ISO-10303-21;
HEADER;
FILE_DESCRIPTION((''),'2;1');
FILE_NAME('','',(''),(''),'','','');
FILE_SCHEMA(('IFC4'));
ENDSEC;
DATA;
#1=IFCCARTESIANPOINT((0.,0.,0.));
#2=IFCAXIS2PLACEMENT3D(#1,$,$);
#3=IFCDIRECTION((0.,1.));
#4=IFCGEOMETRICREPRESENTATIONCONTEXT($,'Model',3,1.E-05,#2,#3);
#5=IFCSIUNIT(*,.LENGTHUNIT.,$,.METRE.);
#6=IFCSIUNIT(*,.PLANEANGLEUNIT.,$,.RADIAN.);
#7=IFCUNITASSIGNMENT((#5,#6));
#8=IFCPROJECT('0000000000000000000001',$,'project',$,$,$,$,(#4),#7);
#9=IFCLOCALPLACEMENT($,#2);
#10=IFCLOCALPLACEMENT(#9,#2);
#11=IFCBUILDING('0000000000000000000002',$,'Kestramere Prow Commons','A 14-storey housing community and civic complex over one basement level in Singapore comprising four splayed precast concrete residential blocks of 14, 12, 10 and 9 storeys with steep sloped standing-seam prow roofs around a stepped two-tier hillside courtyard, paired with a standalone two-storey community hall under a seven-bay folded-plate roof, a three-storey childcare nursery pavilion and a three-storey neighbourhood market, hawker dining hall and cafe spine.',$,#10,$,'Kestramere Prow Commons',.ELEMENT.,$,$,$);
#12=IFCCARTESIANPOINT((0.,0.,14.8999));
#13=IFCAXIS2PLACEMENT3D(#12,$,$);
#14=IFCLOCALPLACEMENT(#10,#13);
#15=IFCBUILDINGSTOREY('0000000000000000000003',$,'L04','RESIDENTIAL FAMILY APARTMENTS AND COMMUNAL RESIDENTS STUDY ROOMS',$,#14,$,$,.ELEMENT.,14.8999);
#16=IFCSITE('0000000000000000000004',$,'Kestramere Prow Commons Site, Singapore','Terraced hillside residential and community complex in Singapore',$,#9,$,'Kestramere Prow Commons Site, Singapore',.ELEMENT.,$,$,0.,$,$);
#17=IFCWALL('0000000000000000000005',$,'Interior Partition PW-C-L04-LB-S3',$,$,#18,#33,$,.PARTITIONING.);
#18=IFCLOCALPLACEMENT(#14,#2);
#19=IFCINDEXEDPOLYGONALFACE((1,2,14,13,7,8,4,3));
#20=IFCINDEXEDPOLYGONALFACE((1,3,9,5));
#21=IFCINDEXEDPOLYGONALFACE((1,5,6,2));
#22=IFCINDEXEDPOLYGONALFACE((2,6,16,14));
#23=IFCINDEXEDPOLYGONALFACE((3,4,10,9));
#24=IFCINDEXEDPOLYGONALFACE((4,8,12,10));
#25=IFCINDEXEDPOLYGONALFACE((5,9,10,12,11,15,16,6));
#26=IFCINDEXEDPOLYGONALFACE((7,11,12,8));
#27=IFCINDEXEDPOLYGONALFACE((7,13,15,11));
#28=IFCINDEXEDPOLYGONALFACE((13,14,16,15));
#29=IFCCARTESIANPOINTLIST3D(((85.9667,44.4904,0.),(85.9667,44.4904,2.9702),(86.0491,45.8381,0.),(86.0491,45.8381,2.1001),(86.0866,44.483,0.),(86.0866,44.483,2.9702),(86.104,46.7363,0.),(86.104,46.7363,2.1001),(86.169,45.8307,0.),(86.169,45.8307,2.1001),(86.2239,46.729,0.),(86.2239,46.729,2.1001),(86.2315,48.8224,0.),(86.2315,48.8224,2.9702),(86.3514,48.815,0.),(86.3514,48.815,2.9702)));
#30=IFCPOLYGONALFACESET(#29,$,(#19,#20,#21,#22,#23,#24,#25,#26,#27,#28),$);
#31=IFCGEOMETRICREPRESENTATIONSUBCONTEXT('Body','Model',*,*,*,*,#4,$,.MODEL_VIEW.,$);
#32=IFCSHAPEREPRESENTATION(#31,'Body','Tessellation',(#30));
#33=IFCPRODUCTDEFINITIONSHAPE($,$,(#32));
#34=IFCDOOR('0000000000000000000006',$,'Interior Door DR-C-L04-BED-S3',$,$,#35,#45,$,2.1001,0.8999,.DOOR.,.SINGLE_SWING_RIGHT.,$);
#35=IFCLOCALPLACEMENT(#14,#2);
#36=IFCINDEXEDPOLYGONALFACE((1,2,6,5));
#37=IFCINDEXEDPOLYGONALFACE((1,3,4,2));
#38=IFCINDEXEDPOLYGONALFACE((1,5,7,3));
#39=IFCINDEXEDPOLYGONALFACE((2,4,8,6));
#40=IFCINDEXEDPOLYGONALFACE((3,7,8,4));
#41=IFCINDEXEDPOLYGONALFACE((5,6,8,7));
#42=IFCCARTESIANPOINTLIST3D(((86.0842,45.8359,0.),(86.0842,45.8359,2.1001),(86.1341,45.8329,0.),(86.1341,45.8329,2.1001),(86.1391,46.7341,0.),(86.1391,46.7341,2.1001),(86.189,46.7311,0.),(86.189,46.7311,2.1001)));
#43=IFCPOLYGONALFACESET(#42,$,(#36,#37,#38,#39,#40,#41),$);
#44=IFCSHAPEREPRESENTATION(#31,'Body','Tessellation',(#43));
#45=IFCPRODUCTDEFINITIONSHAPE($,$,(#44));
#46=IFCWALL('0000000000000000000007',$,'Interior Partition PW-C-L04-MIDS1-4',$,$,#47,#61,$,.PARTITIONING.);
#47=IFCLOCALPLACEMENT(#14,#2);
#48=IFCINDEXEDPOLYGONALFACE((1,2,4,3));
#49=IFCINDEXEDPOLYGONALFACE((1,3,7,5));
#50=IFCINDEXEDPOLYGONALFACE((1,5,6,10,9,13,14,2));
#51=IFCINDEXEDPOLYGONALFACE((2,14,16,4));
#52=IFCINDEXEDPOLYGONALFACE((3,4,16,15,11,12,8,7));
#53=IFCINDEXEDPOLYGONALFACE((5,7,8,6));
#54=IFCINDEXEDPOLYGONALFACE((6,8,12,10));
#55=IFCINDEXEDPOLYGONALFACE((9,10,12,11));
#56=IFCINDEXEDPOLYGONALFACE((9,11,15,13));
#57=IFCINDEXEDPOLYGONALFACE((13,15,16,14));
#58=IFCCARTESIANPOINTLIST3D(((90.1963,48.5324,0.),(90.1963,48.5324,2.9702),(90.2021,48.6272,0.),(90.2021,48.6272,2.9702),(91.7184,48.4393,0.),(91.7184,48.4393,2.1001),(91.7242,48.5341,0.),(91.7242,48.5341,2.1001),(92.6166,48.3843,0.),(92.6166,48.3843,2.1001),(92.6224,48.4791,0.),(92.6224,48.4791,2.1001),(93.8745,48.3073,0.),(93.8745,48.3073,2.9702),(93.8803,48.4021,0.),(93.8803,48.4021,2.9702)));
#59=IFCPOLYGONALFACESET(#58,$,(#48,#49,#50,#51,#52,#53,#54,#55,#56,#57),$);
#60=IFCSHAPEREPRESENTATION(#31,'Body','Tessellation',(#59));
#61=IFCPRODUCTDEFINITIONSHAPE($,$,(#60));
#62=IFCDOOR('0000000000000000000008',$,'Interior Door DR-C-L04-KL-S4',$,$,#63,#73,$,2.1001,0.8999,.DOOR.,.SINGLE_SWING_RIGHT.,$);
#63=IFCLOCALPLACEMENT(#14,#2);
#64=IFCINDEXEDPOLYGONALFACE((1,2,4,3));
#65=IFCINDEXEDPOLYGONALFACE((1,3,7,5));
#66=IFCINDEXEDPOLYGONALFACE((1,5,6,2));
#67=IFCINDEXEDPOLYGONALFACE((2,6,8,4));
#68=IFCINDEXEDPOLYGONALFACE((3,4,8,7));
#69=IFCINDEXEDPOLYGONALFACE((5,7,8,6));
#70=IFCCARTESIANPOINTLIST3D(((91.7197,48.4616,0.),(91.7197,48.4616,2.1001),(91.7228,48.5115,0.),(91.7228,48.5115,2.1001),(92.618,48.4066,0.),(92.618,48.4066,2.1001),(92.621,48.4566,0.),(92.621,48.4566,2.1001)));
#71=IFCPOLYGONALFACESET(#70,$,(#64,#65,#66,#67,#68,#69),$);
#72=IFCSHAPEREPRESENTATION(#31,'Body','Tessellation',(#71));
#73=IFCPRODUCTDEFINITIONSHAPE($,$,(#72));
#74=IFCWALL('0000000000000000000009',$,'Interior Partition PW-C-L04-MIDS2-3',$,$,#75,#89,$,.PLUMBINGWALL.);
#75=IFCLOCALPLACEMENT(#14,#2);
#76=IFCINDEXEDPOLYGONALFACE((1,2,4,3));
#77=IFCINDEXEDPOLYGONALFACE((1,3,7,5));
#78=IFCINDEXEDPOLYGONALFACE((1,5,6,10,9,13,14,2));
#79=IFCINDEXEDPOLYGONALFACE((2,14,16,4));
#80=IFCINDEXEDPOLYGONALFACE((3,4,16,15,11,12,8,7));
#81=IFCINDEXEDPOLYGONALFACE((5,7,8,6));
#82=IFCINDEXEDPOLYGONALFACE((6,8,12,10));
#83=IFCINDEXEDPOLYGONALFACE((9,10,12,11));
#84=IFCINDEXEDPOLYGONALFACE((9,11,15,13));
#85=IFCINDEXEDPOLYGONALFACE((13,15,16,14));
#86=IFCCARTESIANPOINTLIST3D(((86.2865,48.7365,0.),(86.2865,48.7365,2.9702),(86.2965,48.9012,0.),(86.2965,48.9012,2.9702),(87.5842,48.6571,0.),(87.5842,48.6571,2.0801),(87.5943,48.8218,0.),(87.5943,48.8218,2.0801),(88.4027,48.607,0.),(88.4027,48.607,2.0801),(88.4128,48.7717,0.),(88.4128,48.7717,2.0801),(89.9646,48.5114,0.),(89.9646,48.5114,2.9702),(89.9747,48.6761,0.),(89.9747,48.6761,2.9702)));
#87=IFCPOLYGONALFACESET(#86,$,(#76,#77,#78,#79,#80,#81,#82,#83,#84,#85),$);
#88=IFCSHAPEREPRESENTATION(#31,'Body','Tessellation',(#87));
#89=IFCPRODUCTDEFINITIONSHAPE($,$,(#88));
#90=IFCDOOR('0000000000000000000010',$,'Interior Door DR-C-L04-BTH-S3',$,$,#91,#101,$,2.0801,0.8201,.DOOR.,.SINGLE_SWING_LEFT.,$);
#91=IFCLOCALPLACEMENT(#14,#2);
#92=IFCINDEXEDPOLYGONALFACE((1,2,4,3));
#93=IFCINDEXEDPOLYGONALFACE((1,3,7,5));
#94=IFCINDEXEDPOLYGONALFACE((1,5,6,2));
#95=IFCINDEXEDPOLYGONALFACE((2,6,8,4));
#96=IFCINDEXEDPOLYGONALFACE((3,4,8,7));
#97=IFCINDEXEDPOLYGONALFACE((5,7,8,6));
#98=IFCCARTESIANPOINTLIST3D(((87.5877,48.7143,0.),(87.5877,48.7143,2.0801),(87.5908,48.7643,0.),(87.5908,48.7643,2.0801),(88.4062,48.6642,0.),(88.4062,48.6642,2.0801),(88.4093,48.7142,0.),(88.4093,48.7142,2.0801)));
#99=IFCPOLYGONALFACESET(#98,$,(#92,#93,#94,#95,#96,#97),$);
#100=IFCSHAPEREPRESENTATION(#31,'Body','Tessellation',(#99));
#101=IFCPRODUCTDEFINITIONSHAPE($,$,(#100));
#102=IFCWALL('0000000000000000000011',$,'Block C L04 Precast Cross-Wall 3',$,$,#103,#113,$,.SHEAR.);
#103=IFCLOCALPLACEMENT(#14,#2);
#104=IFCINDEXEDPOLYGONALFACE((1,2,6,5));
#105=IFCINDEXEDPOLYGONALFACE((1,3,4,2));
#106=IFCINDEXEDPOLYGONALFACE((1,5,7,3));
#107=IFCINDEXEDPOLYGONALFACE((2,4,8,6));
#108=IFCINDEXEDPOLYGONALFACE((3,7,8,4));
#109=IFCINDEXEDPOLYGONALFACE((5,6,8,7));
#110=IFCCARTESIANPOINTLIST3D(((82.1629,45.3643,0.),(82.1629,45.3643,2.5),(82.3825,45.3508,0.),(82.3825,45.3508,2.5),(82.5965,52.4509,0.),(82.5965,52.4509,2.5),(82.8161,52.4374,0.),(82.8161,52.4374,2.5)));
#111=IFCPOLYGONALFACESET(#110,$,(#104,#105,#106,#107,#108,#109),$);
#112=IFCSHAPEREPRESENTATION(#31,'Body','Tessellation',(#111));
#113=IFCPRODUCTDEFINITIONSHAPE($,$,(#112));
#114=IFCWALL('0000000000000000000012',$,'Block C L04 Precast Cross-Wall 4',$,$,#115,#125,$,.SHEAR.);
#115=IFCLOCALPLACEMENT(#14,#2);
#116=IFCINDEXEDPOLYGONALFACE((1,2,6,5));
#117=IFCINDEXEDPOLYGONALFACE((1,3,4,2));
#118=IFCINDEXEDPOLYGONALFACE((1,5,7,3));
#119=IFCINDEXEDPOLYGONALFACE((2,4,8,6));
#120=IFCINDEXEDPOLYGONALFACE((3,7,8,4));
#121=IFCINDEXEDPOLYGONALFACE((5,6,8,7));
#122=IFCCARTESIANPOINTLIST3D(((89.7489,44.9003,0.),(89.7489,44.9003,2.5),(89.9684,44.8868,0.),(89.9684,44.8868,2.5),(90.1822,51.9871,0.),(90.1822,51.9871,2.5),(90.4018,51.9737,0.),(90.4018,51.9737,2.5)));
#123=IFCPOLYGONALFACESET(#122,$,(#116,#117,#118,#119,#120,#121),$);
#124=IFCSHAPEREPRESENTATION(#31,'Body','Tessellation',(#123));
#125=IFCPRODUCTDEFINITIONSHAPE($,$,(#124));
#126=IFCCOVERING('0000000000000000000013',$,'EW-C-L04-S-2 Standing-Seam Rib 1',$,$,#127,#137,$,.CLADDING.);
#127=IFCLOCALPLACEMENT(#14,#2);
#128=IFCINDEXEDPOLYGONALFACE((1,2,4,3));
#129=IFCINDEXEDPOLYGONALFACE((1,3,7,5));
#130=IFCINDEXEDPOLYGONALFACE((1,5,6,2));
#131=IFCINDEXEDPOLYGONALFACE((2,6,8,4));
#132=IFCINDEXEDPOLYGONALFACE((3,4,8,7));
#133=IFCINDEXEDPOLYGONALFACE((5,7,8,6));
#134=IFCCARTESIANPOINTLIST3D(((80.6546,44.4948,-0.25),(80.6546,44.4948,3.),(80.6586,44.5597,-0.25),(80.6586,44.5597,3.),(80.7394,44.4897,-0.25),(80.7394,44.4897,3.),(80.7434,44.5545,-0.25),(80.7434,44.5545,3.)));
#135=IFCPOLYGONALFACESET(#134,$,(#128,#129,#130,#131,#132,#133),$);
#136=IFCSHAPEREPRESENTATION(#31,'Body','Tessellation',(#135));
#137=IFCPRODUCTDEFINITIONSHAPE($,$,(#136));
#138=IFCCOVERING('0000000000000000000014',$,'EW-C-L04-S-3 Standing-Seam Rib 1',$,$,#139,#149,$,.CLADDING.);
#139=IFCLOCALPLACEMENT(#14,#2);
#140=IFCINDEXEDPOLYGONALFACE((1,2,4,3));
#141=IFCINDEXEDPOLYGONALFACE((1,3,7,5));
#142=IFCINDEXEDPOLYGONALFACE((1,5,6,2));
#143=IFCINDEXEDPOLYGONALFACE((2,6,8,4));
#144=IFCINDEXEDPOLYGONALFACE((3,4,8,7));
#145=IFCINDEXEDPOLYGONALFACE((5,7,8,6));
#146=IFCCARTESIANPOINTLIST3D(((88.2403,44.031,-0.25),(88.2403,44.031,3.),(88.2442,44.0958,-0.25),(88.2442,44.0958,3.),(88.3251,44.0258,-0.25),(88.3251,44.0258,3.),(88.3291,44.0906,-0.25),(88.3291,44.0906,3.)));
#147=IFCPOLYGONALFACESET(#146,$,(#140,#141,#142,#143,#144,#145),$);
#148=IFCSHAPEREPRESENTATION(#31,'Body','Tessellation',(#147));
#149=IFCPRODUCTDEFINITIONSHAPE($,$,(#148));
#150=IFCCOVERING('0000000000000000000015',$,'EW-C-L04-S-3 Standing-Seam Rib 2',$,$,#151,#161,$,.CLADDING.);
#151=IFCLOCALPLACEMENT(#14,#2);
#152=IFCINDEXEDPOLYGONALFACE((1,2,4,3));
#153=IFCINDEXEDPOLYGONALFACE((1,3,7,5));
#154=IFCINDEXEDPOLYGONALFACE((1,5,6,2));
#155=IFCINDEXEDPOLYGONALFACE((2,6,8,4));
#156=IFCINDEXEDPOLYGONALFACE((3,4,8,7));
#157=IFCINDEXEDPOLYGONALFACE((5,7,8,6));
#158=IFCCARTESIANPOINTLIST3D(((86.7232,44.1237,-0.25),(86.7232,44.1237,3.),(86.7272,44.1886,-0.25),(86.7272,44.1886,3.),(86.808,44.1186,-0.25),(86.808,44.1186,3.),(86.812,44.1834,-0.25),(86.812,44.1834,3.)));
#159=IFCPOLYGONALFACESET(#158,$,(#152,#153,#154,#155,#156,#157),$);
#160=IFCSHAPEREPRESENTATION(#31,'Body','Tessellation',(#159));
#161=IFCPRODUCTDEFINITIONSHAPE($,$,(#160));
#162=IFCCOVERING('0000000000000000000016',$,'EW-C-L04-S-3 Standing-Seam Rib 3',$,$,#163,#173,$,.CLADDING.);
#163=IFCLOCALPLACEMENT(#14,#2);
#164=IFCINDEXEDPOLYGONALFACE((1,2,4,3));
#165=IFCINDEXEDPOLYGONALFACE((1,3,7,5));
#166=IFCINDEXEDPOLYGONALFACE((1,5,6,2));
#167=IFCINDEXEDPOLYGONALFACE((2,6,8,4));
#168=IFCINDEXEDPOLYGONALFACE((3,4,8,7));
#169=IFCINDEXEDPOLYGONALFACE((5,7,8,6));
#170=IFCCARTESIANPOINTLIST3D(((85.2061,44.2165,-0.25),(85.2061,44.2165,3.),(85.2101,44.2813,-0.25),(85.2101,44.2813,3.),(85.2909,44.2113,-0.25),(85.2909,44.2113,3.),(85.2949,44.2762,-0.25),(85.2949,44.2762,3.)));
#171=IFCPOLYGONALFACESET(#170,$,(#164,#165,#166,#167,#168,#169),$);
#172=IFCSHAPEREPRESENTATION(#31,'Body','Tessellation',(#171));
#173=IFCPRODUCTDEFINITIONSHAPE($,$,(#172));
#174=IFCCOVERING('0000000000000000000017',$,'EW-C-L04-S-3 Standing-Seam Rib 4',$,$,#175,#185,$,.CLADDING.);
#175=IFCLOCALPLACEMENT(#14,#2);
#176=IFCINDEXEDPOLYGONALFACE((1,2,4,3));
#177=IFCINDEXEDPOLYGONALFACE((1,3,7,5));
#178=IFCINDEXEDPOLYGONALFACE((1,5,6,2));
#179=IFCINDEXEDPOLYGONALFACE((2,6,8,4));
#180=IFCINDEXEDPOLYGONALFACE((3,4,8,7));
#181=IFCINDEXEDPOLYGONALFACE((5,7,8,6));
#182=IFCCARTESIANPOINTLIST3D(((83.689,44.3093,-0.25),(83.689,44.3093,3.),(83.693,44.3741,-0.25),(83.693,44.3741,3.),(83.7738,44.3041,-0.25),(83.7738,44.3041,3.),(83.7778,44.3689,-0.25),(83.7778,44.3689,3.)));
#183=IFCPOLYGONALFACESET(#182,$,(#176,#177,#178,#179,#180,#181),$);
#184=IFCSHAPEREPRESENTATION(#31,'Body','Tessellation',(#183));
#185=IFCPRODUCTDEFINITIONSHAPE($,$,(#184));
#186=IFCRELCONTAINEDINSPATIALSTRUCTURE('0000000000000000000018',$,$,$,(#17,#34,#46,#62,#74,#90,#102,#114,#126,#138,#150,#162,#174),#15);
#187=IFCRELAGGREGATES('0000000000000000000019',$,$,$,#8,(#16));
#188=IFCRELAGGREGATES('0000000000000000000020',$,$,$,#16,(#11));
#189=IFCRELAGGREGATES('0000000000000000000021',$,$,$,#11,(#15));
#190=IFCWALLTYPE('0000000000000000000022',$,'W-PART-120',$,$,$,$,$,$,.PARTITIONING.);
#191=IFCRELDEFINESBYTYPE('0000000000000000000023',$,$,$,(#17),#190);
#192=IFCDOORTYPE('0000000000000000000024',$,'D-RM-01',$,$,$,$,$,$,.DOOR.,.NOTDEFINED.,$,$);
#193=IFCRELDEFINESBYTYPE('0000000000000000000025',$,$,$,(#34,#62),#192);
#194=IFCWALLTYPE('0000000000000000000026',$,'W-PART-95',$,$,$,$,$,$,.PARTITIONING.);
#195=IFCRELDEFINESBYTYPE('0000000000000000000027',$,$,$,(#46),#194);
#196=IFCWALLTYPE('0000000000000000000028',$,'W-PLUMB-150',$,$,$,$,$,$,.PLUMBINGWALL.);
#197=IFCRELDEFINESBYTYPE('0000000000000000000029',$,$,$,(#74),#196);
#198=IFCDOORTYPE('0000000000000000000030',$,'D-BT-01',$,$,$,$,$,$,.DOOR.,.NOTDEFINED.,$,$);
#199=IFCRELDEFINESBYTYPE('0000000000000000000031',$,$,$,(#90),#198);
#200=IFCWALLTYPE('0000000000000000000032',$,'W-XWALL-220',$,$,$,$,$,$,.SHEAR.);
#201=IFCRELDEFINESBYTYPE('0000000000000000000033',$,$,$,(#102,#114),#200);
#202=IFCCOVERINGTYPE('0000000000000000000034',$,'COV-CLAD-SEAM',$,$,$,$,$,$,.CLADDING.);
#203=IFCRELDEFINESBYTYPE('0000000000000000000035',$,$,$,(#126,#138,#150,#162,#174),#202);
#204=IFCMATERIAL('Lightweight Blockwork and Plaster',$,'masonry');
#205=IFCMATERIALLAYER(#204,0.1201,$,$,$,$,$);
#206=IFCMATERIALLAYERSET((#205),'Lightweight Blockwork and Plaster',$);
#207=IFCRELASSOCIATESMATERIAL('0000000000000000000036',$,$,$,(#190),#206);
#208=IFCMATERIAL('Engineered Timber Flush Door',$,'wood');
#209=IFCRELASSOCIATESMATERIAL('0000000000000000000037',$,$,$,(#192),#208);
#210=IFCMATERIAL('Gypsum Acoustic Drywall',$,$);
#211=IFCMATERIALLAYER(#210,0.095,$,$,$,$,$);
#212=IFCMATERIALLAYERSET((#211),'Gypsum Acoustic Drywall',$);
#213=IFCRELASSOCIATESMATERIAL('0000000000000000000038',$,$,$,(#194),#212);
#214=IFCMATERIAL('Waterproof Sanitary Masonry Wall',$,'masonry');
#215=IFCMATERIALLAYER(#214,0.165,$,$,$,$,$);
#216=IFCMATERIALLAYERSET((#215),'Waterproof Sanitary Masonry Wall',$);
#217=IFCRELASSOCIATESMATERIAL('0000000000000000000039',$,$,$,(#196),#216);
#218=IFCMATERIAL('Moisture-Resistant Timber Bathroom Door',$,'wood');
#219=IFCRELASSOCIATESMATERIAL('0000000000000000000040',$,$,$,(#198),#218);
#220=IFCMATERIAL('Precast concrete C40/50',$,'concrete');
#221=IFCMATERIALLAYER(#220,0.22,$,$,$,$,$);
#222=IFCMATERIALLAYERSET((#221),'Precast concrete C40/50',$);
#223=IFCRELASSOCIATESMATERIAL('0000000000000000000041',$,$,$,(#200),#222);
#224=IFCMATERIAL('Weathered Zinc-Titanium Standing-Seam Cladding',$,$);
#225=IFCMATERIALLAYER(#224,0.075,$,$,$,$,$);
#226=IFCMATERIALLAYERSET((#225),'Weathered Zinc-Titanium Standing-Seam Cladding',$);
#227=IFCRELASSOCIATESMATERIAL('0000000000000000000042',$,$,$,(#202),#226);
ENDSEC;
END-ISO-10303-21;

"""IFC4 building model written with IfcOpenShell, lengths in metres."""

from ifc_helpers import new_model, si_unit, direction, frame, frame_2d, origin, origin_2d, place, context, subcontext, project, spatial, rectangle, extrude, material, layer, layer_set, type_object, element, fill, save


model = new_model("IFC4")

# Units and contexts
model_context = context("Model", 3, precision=1e-05, world=origin(), true_north=direction((0.0, 1.0)))
body_context = subcontext(model_context, "Body", "Model", "MODEL_VIEW")
ifc_project = project(units=[si_unit("LENGTHUNIT", "METRE"), si_unit("PLANEANGLEUNIT", "RADIAN")], contexts=[model_context])

# Site, building, storey
site_placement = place(None, origin())
site = spatial("IfcSite", under=ifc_project, at=site_placement, Name="Kestramere Prow Commons Site, Singapore", Description="Terraced hillside residential and community complex in Singapore", LongName="Kestramere Prow Commons Site, Singapore", CompositionType="ELEMENT", RefElevation=0.0)
building_placement = place(site_placement, origin())
building = spatial("IfcBuilding", under=site, at=building_placement, Name="Kestramere Prow Commons", Description="A 14-storey housing community and civic complex over one basement level in Singapore comprising four splayed precast concrete residential blocks of 14, 12, 10 and 9 storeys with steep sloped standing-seam prow roofs around a stepped two-tier hillside courtyard, paired with a standalone two-storey community hall under a seven-bay folded-plate roof, a three-storey childcare nursery pavilion and a three-storey neighbourhood market, hawker dining hall and cafe spine.", LongName="Kestramere Prow Commons", CompositionType="ELEMENT")
storey_placement = place(building_placement, frame((0.0, 0.0, 14.8999)))
storey = spatial("IfcBuildingStorey", under=building, at=storey_placement, Name="L04", Description="RESIDENTIAL FAMILY APARTMENTS AND COMMUNAL RESIDENTS STUDY ROOMS", CompositionType="ELEMENT", Elevation=14.8999)

# Shared definitions
ifc_material_1 = material(Name="Precast concrete C40/50", Category="concrete")

# Walls, openings, doors
ifc_material_2 = material(Name="Lightweight Blockwork and Plaster", Category="masonry")
ifc_layer_1 = layer(ifc_material_2, 0.1201)
ifc_layer_set_1 = layer_set([ifc_layer_1], Name="Lightweight Blockwork and Plaster")
wall_type_1 = type_object("IfcWallType", Name="W-PART-120", PredefinedType="PARTITIONING", material=ifc_layer_set_1)
wall_1_placement = place(storey_placement, frame((86.0266, 44.4868, 0.0), z_axis=(0.0, 0.0, 1.0), x_axis=(0.061033, 0.998136, 0.0)))
wall_1 = element("IfcWall", 1, at=wall_1_placement, inside=storey, type_object=wall_type_1, Name="Interior Partition PW-C-L04-LB-S3", PredefinedType="PARTITIONING", context=body_context, shape_type="SweptSolid", body=[
    extrude(rectangle(XDim=4.3401, YDim=0.1201, at=frame_2d((2.1699, 0.0))), origin(), (0.0, 0.0, 1.0), 2.9702),
])
opening_1_placement = place(wall_1_placement, frame((1.3501, 0.0, 0.0)))
opening_1 = element("IfcOpeningElement", 2, at=opening_1_placement, cuts=wall_1, PredefinedType="OPENING", context=body_context, shape_type="SweptSolid", body=[
    extrude(rectangle(XDim=0.8999, YDim=2.1001, at=frame_2d((0.45, 1.05))), frame((0.0, 0.075, 0.0), z_axis=(0.0, -1.0, 0.0), x_axis=(1.0, 0.0, 0.0)), (0.0, 0.0, 1.0), 0.1501),
])
ifc_material_3 = material(Name="Engineered Timber Flush Door", Category="wood")
door_type_1 = type_object("IfcDoorType", Name="D-RM-01", OperationType="NOTDEFINED", PredefinedType="DOOR", material=ifc_material_3)
door_1_placement = place(opening_1_placement, origin())
door_1 = element("IfcDoor", 3, at=door_1_placement, inside=storey, type_object=door_type_1, Name="Interior Door DR-C-L04-BED-S3", OperationType="SINGLE_SWING_RIGHT", OverallHeight=2.1001, OverallWidth=0.8999, PredefinedType="DOOR", context=body_context, shape_type="SweptSolid", body=[
    extrude(rectangle(XDim=0.8999, YDim=2.1001, at=frame_2d((0.45, 1.05))), frame((0.0, 0.0249, 0.0), z_axis=(0.0, -1.0, 0.0), x_axis=(1.0, 0.0, 0.0)), (0.0, 0.0, 1.0), 0.05),
])
fill(opening_1, door_1)
ifc_material_4 = material(Name="Gypsum Acoustic Drywall")
ifc_layer_2 = layer(ifc_material_4, 0.095)
ifc_layer_set_2 = layer_set([ifc_layer_2], Name="Gypsum Acoustic Drywall")
wall_type_2 = type_object("IfcWallType", Name="W-PART-95", PredefinedType="PARTITIONING", material=ifc_layer_set_2)
wall_2_placement = place(storey_placement, frame((90.1992, 48.5798, 0.0), z_axis=(0.0, 0.0, 1.0), x_axis=(0.998133, -0.061083, 0.0)))
wall_2 = element("IfcWall", 4, at=wall_2_placement, inside=storey, type_object=wall_type_2, Name="Interior Partition PW-C-L04-MIDS1-4", PredefinedType="PARTITIONING", context=body_context, shape_type="SweptSolid", body=[
    extrude(rectangle(XDim=3.6851, YDim=0.095, at=frame_2d((1.8425, 0.0))), origin(), (0.0, 0.0, 1.0), 2.9702),
])
opening_2_placement = place(wall_2_placement, frame((1.5249, 0.0, 0.0)))
opening_2 = element("IfcOpeningElement", 5, at=opening_2_placement, cuts=wall_2, PredefinedType="OPENING", context=body_context, shape_type="SweptSolid", body=[
    extrude(rectangle(XDim=0.8999, YDim=2.1001, at=frame_2d((0.45, 1.05))), frame((0.0, 0.0625, 0.0), z_axis=(0.0, -1.0, 0.0), x_axis=(1.0, 0.0, 0.0)), (0.0, 0.0, 1.0), 0.125),
])
door_2_placement = place(opening_2_placement, origin())
door_2 = element("IfcDoor", 6, at=door_2_placement, inside=storey, type_object=door_type_1, Name="Interior Door DR-C-L04-KL-S4", OperationType="SINGLE_SWING_RIGHT", OverallHeight=2.1001, OverallWidth=0.8999, PredefinedType="DOOR", context=body_context, shape_type="SweptSolid", body=[
    extrude(rectangle(XDim=0.8999, YDim=2.1001, at=frame_2d((0.45, 1.05))), frame((0.0, 0.0249, 0.0), z_axis=(0.0, -1.0, 0.0), x_axis=(1.0, 0.0, 0.0)), (0.0, 0.0, 1.0), 0.05),
])
fill(opening_2, door_2)
ifc_material_5 = material(Name="Waterproof Sanitary Masonry Wall", Category="masonry")
ifc_layer_3 = layer(ifc_material_5, 0.165)
ifc_layer_set_3 = layer_set([ifc_layer_3], Name="Waterproof Sanitary Masonry Wall")
wall_type_3 = type_object("IfcWallType", Name="W-PLUMB-150", PredefinedType="PLUMBINGWALL", material=ifc_layer_set_3)
wall_3_placement = place(storey_placement, frame((86.2915, 48.8188, 0.0), z_axis=(0.0, 0.0, 1.0), x_axis=(0.998133, -0.061083, 0.0)))
wall_3 = element("IfcWall", 7, at=wall_3_placement, inside=storey, type_object=wall_type_3, Name="Interior Partition PW-C-L04-MIDS2-3", PredefinedType="PLUMBINGWALL", context=body_context, shape_type="SweptSolid", body=[
    extrude(rectangle(XDim=3.6851, YDim=0.165, at=frame_2d((1.8425, 0.0))), origin(), (0.0, 0.0, 1.0), 2.9702),
])
opening_3_placement = place(wall_3_placement, frame((1.3, 0.0, 0.0)))
opening_3 = element("IfcOpeningElement", 8, at=opening_3_placement, cuts=wall_3, PredefinedType="OPENING", context=body_context, shape_type="SweptSolid", body=[
    extrude(rectangle(XDim=0.8201, YDim=2.0801, at=frame_2d((0.4102, 1.04))), frame((0.0, 0.0974, 0.0), z_axis=(0.0, -1.0, 0.0), x_axis=(1.0, 0.0, 0.0)), (0.0, 0.0, 1.0), 0.1951),
])
ifc_material_6 = material(Name="Moisture-Resistant Timber Bathroom Door", Category="wood")
door_type_2 = type_object("IfcDoorType", Name="D-BT-01", OperationType="NOTDEFINED", PredefinedType="DOOR", material=ifc_material_6)
door_3_placement = place(opening_3_placement, origin())
door_3 = element("IfcDoor", 9, at=door_3_placement, inside=storey, type_object=door_type_2, Name="Interior Door DR-C-L04-BTH-S3", OperationType="SINGLE_SWING_LEFT", OverallHeight=2.0801, OverallWidth=0.8201, PredefinedType="DOOR", context=body_context, shape_type="SweptSolid", body=[
    extrude(rectangle(XDim=0.8201, YDim=2.0801, at=frame_2d((0.4102, 1.04))), frame((0.0, 0.0249, 0.0), z_axis=(0.0, -1.0, 0.0), x_axis=(1.0, 0.0, 0.0)), (0.0, 0.0, 1.0), 0.05),
])
fill(opening_3, door_3)

# Walls
ifc_layer_4 = layer(ifc_material_1, 0.22)
ifc_layer_set_4 = layer_set([ifc_layer_4], Name="Precast concrete C40/50")
wall_type_4 = type_object("IfcWallType", Name="W-XWALL-220", PredefinedType="SHEAR", material=ifc_layer_set_4)
wall_4_placement = place(storey_placement, frame((82.2727, 45.3577, 0.0), z_axis=(0.0, 0.0, 1.0), x_axis=(0.06107, 0.998133, 0.0)))
element("IfcWall", 10, at=wall_4_placement, inside=storey, type_object=wall_type_4, Name="Block C L04 Precast Cross-Wall 3", PredefinedType="SHEAR", context=body_context, shape_type="SweptSolid", body=[
    extrude(rectangle(XDim=7.0999, YDim=0.22, at=frame_2d((3.5498, 0.0))), origin(), (0.0, 0.0, 1.0), 2.5),
])
wall_5_placement = place(storey_placement, frame((89.8586, 44.8936, 0.0), z_axis=(0.0, 0.0, 1.0), x_axis=(0.061034, 0.998136, 0.0)))
element("IfcWall", 11, at=wall_5_placement, inside=storey, type_object=wall_type_4, Name="Block C L04 Precast Cross-Wall 4", PredefinedType="SHEAR", context=body_context, shape_type="SweptSolid", body=[
    extrude(rectangle(XDim=7.1001, YDim=0.22, at=frame_2d((3.55, 0.0))), origin(), (0.0, 0.0, 1.0), 2.5),
])

# Coverings
ifc_material_7 = material(Name="Weathered Zinc-Titanium Standing-Seam Cladding")
ifc_layer_5 = layer(ifc_material_7, 0.075)
ifc_layer_set_5 = layer_set([ifc_layer_5], Name="Weathered Zinc-Titanium Standing-Seam Cladding")
covering_type = type_object("IfcCoveringType", Name="COV-CLAD-SEAM", PredefinedType="CLADDING", material=ifc_layer_set_5)
for number, where, z_axis, x_axis, name in (
    (12, (80.699, 44.5247, -0.25), (0.0, 0.0, 1.0), (-0.998135, 0.061049, 0.0), "EW-C-L04-S-2 Standing-Seam Rib 1"),
    (13, (88.2847, 44.0608, -0.25), (0.0, 0.0, 1.0), (-0.998135, 0.061049, 0.0), "EW-C-L04-S-3 Standing-Seam Rib 1"),
    (14, (86.7676, 44.1536, -0.25), (0.0, 0.0, 1.0), (-0.998135, 0.061049, 0.0), "EW-C-L04-S-3 Standing-Seam Rib 2"),
    (15, (85.2505, 44.2463, -0.25), (0.0, 0.0, 1.0), (-0.998135, 0.061049, 0.0), "EW-C-L04-S-3 Standing-Seam Rib 3"),
    (16, (83.7334, 44.3391, -0.25), (0.0, 0.0, 1.0), (-0.998135, 0.061049, 0.0), "EW-C-L04-S-3 Standing-Seam Rib 4"),
):
    element("IfcCovering", number, at=place(storey_placement, frame(where, z_axis=z_axis, x_axis=x_axis)), inside=storey, type_object=covering_type, Name=name, PredefinedType="CLADDING", context=body_context, shape_type="SweptSolid", body=[
        extrude(rectangle(XDim=0.085, YDim=0.0649, at=origin_2d()), origin(), (0.0, 0.0, 1.0), 3.25),
    ])

save(model, "model.ifc")
